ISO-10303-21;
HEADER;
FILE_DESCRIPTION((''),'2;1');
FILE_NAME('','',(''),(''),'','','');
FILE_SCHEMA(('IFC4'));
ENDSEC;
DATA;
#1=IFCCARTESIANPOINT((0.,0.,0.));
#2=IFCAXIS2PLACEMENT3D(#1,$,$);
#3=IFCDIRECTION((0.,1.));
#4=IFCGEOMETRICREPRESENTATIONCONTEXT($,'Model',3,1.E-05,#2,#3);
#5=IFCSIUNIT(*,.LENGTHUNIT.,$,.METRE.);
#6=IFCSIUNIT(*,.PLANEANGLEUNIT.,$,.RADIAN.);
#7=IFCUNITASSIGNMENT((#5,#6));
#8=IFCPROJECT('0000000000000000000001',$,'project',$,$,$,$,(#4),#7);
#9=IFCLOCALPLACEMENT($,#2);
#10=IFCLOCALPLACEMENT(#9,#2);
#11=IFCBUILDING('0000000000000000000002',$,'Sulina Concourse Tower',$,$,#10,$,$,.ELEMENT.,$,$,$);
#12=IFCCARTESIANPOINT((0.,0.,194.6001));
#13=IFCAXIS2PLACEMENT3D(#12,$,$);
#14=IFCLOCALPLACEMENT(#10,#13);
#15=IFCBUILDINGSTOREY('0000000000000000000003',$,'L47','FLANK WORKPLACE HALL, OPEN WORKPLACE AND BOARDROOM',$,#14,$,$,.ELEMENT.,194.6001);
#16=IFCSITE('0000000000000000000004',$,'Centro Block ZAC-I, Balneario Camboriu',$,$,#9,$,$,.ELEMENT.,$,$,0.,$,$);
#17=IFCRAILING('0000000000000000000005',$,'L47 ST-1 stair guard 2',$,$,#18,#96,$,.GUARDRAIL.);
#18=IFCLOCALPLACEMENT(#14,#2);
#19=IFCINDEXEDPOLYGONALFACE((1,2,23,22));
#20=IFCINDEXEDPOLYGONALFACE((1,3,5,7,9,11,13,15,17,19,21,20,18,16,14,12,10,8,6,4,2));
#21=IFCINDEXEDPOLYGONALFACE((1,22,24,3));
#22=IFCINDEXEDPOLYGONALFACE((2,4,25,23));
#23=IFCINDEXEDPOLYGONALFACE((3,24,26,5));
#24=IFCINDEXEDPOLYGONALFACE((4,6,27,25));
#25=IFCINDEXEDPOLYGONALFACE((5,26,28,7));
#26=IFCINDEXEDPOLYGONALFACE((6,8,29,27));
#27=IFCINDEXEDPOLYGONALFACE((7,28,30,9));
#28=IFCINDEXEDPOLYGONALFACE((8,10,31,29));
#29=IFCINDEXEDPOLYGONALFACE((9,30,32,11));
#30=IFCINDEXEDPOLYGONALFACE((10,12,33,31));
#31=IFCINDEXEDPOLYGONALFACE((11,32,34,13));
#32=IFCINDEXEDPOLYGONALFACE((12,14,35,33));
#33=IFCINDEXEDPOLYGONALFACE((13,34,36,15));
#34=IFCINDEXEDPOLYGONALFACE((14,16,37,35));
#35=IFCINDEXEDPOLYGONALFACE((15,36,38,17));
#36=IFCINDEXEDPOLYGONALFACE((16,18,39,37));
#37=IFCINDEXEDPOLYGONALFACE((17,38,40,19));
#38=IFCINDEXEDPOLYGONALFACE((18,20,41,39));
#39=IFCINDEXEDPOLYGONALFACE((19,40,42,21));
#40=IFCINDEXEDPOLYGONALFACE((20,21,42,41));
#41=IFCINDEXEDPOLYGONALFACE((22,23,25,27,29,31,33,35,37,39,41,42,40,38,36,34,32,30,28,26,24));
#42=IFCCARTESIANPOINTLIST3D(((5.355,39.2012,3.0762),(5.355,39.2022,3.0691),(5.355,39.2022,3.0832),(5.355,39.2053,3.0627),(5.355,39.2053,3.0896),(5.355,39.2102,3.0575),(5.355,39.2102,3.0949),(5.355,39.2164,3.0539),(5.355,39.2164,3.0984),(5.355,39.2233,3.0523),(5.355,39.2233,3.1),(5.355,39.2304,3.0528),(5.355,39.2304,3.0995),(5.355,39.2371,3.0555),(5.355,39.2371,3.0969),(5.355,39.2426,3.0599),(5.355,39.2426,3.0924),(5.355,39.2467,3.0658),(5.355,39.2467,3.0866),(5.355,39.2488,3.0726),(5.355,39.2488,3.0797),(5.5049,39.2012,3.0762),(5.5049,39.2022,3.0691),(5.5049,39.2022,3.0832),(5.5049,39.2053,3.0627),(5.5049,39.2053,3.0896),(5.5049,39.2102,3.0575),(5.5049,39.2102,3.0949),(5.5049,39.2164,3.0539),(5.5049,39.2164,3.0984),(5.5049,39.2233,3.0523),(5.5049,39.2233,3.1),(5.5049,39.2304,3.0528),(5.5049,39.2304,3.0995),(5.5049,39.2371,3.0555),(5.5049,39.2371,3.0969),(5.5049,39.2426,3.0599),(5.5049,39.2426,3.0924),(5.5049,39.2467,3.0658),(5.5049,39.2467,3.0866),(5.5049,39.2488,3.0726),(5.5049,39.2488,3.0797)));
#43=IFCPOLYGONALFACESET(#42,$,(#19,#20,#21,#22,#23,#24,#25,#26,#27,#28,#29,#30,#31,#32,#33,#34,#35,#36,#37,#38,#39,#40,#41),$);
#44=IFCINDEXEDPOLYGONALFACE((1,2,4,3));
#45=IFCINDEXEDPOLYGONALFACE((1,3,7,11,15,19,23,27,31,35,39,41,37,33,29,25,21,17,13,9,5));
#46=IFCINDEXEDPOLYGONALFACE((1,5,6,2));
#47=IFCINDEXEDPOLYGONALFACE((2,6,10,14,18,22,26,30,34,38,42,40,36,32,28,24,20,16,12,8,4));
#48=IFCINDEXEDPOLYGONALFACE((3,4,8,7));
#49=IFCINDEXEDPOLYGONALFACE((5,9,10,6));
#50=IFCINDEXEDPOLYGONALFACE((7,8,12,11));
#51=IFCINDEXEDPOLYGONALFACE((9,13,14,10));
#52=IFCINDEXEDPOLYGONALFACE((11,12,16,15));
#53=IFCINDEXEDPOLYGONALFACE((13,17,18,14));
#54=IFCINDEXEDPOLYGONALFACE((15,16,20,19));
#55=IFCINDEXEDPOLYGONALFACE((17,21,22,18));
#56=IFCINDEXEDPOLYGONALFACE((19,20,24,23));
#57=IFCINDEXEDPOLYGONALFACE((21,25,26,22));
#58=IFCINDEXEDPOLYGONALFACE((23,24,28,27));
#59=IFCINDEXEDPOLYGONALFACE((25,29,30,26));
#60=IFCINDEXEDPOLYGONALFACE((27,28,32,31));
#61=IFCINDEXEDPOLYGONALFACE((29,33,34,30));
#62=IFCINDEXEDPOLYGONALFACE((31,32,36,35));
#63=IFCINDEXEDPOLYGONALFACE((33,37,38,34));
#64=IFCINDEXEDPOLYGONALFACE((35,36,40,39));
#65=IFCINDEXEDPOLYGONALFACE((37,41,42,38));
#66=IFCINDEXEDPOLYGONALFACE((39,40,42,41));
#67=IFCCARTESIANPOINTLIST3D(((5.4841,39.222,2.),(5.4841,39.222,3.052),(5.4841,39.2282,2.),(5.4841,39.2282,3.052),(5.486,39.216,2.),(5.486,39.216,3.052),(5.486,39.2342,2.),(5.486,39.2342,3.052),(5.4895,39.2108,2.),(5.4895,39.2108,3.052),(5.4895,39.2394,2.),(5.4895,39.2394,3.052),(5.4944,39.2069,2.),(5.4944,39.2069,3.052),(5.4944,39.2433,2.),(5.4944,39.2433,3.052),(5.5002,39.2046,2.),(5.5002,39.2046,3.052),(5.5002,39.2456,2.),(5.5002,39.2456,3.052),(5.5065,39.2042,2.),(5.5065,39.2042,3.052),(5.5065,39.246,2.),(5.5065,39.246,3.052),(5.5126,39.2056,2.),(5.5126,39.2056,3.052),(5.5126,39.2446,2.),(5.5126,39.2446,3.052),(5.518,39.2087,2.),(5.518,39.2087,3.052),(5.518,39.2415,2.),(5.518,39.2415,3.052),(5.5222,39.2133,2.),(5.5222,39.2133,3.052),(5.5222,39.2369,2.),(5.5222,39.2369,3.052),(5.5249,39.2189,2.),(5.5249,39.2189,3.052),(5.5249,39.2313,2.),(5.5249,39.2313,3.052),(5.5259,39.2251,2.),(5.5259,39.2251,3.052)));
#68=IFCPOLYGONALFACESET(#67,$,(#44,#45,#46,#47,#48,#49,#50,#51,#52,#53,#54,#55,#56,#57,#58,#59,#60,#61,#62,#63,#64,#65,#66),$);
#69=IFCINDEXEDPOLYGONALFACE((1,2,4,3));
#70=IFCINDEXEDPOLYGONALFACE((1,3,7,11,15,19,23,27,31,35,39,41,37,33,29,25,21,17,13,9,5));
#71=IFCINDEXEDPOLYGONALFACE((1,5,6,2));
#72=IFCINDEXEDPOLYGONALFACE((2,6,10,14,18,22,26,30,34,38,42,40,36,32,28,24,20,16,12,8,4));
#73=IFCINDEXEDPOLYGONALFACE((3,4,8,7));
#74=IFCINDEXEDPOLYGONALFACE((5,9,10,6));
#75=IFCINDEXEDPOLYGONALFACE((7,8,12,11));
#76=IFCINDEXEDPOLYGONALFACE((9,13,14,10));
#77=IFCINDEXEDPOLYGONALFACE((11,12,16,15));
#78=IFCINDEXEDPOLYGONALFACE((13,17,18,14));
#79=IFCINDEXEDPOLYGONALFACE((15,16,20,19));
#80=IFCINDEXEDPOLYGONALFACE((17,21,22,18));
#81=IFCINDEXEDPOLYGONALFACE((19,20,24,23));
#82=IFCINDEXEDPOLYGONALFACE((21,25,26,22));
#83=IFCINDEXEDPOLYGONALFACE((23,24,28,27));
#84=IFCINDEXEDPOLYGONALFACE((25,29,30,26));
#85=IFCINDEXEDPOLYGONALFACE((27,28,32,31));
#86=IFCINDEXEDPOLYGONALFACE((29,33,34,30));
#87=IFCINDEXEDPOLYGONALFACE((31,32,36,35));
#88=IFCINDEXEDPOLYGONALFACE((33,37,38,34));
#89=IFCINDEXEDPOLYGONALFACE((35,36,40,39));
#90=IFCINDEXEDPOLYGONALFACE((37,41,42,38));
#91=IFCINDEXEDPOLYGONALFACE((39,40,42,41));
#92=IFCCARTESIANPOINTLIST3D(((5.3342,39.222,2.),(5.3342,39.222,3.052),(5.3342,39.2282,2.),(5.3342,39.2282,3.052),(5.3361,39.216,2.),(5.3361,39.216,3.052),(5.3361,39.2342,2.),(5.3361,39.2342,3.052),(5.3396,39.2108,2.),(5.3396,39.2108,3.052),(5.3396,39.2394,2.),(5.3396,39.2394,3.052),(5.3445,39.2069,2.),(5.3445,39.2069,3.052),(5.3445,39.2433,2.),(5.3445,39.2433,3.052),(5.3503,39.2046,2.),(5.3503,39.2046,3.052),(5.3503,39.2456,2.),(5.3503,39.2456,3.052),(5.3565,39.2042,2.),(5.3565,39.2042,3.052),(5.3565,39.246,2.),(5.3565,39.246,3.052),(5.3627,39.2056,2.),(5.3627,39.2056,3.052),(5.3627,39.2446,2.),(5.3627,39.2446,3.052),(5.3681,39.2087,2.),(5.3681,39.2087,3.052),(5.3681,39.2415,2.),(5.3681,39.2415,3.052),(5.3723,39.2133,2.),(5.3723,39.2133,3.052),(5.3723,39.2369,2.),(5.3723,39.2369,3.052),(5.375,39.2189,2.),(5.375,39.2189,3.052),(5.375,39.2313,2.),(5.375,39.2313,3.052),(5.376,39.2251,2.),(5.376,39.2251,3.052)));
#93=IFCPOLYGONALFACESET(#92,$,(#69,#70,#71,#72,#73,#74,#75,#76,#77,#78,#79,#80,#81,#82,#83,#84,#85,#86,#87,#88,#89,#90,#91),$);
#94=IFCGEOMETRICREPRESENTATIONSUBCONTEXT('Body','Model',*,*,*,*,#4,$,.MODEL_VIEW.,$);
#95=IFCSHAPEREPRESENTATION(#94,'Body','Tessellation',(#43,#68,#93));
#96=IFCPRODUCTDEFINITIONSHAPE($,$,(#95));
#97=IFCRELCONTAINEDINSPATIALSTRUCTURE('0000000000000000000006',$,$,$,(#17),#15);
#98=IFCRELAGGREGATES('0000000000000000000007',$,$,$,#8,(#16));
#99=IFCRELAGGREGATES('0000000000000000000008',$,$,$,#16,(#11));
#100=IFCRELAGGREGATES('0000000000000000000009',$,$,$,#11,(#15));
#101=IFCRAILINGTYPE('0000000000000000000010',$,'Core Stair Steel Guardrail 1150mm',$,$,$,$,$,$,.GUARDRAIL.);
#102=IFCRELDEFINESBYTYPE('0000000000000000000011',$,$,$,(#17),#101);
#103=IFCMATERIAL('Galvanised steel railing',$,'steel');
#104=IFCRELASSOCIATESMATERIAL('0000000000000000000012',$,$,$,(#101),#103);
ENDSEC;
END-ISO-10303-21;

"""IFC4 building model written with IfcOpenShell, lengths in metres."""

from ifc_helpers import new_model, si_unit, direction, frame, origin, origin_2d, place, context, subcontext, project, spatial, circle, extrude, material, type_object, element, save


model = new_model("IFC4")

# Units and contexts
model_context = context("Model", 3, precision=1e-05, world=origin(), true_north=direction((0.0, 1.0)))
body_context = subcontext(model_context, "Body", "Model", "MODEL_VIEW")
ifc_project = project(units=[si_unit("LENGTHUNIT", "METRE"), si_unit("PLANEANGLEUNIT", "RADIAN")], contexts=[model_context])

# Site, building, storey
site_placement = place(None, origin())
site = spatial("IfcSite", under=ifc_project, at=site_placement, Name="Centro Block ZAC-I, Balneario Camboriu", CompositionType="ELEMENT", RefElevation=0.0)
building_placement = place(site_placement, origin())
building = spatial("IfcBuilding", under=site, at=building_placement, Name="Sulina Concourse Tower", CompositionType="ELEMENT")
storey_placement = place(building_placement, frame((0.0, 0.0, 194.6001)))
storey = spatial("IfcBuildingStorey", under=building, at=storey_placement, Name="L47", Description="FLANK WORKPLACE HALL, OPEN WORKPLACE AND BOARDROOM", CompositionType="ELEMENT", Elevation=194.6001)

# Railing
ifc_material_1 = material(Name="Galvanised steel railing", Category="steel")
railing_type_1 = type_object("IfcRailingType", Name="Core Stair Steel Guardrail 1150mm", PredefinedType="GUARDRAIL", material=ifc_material_1)
railing_1_placement = place(storey_placement, frame((5.5049, 39.2251, 2.0)))
element("IfcRailing", 1, at=railing_1_placement, inside=storey, type_object=railing_type_1, Name="L47 ST-1 stair guard 2", PredefinedType="GUARDRAIL", context=body_context, shape_type="SweptSolid", body=[
    extrude(circle(Radius=0.0239, at=origin_2d()), frame((0.0, 0.0, 1.0762), z_axis=(-1.0, 0.0, 0.0), x_axis=(0.0, -1.0, 0.0)), (0.0, 0.0, 1.0), 0.1499),
    extrude(circle(Radius=0.021, at=origin_2d()), origin(), (0.0, 0.0, 1.0), 1.052),
    extrude(circle(Radius=0.021, at=origin_2d()), frame((-0.1499, 0.0, 0.0)), (0.0, 0.0, 1.0), 1.052),
])

save(model, "model.ifc")
